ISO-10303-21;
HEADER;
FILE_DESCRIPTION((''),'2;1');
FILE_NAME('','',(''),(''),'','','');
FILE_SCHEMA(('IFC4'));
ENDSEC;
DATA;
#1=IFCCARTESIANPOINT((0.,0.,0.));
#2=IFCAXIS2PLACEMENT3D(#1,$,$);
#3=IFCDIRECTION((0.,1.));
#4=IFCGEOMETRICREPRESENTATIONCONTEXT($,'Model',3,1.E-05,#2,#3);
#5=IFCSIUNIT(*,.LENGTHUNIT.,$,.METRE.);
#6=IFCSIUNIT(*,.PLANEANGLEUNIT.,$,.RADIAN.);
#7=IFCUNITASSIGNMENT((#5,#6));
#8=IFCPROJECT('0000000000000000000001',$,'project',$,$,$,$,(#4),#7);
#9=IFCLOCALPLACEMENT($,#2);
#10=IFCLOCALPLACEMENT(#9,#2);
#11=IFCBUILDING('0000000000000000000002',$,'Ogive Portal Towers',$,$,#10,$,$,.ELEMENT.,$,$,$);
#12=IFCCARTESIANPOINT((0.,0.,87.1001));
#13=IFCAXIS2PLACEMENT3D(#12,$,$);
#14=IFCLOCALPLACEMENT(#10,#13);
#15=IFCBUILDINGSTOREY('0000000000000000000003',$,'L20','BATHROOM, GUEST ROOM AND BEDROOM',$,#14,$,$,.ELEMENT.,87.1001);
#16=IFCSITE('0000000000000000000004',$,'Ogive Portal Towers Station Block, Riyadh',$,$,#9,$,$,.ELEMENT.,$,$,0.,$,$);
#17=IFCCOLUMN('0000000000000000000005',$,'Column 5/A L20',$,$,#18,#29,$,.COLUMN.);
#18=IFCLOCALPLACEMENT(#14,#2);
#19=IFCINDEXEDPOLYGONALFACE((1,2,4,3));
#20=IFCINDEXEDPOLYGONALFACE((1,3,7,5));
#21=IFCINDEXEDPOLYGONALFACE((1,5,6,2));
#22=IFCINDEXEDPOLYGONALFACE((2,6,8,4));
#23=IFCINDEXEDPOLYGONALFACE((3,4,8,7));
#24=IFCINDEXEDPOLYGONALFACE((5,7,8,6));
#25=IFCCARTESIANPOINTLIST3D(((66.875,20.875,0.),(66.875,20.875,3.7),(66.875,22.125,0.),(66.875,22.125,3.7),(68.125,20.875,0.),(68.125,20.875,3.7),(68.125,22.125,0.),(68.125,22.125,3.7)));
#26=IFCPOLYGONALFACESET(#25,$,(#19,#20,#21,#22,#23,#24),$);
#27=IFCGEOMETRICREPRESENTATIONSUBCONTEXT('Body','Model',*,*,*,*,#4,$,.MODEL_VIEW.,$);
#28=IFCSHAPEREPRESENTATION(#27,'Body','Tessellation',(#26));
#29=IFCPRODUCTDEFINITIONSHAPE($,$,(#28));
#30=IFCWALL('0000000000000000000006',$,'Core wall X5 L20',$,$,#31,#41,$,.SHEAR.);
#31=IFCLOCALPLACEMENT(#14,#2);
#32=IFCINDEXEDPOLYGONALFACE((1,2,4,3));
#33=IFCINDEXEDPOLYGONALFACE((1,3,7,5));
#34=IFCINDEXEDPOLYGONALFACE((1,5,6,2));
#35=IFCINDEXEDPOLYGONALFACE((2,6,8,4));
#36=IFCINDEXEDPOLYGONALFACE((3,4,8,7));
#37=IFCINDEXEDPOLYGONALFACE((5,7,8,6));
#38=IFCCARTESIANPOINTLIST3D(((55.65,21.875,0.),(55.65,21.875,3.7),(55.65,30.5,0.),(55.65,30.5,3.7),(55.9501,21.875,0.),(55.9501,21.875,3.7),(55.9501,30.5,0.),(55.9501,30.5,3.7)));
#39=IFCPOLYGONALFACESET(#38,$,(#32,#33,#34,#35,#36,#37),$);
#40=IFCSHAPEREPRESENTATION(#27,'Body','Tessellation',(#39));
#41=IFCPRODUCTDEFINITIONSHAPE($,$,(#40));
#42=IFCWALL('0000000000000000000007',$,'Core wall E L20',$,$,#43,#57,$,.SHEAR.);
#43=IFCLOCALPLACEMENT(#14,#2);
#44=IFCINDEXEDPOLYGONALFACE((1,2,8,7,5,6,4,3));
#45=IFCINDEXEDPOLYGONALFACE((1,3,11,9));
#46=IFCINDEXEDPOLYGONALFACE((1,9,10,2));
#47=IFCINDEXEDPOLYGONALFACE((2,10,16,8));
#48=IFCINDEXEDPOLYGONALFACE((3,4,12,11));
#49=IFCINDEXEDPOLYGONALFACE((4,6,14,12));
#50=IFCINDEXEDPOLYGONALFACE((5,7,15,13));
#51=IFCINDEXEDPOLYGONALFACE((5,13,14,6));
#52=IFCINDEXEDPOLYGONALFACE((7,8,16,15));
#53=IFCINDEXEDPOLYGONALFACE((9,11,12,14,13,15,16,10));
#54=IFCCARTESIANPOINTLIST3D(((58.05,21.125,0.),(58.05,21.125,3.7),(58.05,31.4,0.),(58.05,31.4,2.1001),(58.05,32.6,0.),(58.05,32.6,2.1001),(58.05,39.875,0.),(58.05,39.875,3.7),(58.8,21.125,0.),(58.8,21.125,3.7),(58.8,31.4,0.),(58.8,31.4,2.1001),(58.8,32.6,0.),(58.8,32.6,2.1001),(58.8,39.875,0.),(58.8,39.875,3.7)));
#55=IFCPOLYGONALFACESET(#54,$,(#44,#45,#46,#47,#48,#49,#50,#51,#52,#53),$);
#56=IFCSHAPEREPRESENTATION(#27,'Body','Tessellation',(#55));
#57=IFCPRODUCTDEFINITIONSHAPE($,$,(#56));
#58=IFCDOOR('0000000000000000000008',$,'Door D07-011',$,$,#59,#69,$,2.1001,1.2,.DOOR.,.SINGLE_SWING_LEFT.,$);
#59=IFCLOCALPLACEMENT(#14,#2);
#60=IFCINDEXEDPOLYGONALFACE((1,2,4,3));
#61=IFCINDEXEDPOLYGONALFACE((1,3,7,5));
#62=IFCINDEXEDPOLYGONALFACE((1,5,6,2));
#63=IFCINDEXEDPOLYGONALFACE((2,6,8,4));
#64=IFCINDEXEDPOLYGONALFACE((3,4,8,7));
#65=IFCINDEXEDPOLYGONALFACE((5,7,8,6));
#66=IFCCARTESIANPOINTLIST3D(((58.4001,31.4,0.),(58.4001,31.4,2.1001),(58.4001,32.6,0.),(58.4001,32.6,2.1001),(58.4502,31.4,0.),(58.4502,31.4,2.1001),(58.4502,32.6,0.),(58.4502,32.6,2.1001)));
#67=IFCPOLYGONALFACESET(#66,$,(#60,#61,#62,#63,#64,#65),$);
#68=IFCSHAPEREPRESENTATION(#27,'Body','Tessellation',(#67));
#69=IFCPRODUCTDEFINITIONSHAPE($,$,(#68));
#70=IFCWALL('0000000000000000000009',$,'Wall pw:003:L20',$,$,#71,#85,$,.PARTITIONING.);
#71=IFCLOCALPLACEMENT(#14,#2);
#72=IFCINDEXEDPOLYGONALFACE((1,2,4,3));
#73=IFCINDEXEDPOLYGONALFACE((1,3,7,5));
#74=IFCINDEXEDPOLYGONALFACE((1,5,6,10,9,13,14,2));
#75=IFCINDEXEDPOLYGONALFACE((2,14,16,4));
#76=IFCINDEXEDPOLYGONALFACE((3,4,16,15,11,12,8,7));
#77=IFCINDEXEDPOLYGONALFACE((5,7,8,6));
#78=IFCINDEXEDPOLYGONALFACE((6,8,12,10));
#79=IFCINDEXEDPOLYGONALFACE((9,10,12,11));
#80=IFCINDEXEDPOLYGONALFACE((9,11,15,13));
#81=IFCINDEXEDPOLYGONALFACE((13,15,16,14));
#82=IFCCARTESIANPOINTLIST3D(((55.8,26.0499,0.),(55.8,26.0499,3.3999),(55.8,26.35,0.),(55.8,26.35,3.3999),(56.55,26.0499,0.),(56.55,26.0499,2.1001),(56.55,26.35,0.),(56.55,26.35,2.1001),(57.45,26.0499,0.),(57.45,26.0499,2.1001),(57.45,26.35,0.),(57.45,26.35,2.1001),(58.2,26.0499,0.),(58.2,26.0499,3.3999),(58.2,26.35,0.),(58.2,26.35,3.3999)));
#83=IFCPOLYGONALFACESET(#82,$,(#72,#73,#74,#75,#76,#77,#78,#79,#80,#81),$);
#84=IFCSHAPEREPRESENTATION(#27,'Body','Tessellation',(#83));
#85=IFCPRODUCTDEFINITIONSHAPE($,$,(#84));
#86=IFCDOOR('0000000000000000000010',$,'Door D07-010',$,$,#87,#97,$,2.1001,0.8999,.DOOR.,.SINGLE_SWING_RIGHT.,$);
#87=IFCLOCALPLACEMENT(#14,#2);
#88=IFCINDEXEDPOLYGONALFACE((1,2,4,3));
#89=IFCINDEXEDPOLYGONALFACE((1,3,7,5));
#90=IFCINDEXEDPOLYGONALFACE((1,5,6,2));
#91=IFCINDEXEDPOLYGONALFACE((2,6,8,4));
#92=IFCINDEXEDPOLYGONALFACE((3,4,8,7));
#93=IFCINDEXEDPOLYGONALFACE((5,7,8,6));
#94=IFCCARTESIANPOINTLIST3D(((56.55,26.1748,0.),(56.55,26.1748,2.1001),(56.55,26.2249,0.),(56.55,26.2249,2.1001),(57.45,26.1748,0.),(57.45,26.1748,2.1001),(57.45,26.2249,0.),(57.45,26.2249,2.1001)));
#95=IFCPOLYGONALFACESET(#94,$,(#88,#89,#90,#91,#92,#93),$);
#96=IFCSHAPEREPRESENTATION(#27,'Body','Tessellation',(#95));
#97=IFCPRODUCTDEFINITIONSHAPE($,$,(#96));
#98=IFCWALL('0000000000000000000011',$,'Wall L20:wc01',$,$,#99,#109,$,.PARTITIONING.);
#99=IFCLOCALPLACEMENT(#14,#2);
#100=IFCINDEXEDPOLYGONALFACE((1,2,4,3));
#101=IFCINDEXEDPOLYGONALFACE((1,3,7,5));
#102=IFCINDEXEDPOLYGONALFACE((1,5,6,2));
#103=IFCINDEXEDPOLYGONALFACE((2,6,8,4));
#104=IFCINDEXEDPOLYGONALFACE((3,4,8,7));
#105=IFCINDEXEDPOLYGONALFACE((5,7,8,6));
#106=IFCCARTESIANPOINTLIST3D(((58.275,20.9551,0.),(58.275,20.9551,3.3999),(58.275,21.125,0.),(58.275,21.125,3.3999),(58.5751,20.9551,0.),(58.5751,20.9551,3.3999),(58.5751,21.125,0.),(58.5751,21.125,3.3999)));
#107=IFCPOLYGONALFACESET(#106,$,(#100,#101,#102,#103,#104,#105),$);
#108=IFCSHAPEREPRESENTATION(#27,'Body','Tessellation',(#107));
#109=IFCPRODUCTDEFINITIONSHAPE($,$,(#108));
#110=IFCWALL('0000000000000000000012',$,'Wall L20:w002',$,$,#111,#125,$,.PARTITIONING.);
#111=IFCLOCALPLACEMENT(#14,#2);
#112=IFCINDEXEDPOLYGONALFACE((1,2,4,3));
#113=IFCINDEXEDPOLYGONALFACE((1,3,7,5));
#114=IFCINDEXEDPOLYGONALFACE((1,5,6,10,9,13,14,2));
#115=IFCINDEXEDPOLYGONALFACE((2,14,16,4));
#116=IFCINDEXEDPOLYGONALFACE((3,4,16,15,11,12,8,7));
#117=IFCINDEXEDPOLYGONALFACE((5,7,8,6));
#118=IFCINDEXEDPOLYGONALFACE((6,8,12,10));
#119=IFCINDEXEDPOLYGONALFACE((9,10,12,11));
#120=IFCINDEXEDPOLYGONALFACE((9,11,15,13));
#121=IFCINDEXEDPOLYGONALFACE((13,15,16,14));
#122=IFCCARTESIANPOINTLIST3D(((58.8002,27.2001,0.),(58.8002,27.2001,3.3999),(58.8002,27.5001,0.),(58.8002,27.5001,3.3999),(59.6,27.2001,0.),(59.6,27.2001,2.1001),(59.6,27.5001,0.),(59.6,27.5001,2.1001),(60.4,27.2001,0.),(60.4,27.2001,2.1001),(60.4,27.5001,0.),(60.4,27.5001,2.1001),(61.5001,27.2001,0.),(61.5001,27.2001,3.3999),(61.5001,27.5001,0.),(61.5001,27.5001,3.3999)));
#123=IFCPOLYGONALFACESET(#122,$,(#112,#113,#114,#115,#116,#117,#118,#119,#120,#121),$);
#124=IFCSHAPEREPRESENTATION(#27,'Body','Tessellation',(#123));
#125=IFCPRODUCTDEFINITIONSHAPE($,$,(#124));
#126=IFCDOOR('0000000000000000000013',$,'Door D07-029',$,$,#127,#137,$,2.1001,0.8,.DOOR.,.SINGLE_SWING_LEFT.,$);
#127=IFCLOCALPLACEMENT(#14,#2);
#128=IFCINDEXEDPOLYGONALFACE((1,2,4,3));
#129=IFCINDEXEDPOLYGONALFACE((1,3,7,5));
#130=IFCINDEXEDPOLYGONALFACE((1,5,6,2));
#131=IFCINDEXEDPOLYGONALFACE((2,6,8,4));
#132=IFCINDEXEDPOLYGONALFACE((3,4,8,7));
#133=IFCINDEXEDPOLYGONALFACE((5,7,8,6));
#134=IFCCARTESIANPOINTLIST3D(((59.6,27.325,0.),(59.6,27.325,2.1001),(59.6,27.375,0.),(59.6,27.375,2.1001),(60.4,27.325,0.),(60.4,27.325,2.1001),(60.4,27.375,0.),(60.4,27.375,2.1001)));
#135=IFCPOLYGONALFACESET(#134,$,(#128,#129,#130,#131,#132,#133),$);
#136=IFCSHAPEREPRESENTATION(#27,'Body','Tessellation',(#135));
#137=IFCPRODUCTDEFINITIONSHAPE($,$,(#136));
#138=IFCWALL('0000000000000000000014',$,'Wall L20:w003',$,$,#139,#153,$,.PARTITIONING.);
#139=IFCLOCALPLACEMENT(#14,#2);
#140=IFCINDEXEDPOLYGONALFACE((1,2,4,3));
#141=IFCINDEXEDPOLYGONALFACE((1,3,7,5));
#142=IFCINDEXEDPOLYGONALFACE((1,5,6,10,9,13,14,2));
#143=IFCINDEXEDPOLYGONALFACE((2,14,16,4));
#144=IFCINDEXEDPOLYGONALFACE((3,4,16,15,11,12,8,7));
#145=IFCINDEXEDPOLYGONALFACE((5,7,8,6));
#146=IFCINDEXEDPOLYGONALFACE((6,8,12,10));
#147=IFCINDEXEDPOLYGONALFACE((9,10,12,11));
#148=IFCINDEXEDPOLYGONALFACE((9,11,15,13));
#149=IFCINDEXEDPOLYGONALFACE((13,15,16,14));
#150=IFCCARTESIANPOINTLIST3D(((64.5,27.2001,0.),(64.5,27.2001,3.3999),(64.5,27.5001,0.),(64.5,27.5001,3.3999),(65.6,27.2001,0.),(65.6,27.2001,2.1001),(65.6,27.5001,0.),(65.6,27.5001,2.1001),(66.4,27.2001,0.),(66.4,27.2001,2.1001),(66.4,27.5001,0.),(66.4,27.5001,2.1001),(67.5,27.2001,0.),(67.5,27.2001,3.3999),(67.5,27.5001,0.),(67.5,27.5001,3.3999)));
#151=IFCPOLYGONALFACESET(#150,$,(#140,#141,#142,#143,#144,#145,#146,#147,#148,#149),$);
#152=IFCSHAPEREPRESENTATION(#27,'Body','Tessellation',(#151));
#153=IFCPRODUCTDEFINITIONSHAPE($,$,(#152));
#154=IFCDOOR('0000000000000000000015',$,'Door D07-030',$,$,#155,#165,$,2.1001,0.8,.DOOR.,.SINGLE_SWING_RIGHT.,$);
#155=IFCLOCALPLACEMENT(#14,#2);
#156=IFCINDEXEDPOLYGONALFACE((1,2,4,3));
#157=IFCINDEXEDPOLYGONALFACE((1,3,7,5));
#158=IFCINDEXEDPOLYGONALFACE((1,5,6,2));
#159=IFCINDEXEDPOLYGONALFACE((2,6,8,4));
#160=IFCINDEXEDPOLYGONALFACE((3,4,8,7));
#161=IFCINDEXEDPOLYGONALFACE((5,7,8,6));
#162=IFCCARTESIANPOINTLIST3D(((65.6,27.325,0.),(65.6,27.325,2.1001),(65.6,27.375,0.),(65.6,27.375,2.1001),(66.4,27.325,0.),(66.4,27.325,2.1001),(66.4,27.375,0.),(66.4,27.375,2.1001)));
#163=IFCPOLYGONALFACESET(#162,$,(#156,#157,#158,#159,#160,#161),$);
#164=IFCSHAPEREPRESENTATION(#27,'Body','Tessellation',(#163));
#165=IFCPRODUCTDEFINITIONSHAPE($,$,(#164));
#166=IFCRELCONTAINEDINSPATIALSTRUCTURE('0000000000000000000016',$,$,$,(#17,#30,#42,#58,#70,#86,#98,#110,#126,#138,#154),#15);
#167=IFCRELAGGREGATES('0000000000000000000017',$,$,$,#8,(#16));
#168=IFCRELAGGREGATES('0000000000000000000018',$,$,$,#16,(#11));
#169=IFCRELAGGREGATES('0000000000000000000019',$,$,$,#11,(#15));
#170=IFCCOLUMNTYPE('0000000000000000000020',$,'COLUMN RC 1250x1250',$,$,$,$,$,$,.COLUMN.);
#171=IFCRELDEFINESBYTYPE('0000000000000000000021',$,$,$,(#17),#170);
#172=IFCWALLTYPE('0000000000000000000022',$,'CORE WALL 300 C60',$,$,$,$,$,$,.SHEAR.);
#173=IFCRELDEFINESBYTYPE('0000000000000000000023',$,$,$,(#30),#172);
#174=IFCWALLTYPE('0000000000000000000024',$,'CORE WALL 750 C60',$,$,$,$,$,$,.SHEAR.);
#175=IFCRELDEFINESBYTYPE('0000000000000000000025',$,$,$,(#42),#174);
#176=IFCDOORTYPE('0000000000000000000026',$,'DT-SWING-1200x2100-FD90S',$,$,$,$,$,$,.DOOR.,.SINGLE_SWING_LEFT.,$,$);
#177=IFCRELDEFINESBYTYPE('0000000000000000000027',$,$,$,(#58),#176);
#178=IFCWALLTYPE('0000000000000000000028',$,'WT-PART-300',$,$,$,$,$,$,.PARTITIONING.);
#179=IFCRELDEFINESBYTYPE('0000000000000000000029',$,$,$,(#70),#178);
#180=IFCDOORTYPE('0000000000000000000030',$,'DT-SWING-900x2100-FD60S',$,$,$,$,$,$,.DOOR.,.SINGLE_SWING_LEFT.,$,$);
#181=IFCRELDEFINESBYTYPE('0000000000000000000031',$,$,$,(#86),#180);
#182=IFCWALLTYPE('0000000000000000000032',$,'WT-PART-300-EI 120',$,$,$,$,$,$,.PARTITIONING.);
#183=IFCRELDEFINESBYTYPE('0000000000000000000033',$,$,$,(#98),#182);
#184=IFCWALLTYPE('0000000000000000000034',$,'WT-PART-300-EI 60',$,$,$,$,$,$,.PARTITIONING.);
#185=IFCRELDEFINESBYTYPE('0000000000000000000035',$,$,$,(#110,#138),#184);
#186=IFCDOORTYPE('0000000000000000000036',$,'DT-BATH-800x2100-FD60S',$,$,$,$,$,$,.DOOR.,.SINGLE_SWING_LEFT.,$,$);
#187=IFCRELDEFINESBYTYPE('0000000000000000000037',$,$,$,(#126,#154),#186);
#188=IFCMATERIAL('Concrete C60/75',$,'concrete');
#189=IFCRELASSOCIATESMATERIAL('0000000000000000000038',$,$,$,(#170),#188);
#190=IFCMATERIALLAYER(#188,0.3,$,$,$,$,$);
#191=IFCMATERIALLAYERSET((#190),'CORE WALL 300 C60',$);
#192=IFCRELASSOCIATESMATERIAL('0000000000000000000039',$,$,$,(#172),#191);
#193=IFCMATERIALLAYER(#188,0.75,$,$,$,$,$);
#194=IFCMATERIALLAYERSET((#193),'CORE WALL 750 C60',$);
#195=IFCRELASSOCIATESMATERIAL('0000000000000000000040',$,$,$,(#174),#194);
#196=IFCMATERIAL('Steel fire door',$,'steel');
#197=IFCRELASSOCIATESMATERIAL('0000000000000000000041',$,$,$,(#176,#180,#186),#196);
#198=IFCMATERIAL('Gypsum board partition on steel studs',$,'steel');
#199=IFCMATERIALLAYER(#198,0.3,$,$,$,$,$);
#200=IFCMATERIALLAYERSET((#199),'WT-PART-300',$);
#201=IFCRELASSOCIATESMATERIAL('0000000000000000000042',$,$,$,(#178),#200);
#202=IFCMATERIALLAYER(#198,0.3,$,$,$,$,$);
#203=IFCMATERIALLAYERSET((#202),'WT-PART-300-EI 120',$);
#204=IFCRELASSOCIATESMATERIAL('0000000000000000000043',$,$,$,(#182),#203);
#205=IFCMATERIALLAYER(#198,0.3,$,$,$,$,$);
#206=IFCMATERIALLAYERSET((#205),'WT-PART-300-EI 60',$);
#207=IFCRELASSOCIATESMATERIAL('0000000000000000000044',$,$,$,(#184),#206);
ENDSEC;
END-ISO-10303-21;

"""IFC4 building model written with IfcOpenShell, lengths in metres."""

from ifc_helpers import new_model, si_unit, direction, frame, frame_2d, origin, origin_2d, place, context, subcontext, project, spatial, rectangle, extrude, material, layer, layer_set, material_profile, profile_set, type_object, element, fill, save


model = new_model("IFC4")

# Units and contexts
model_context = context("Model", 3, precision=1e-05, world=origin(), true_north=direction((0.0, 1.0)))
body_context = subcontext(model_context, "Body", "Model", "MODEL_VIEW")
ifc_project = project(units=[si_unit("LENGTHUNIT", "METRE"), si_unit("PLANEANGLEUNIT", "RADIAN")], contexts=[model_context])

# Site, building, storey
site_placement = place(None, origin())
site = spatial("IfcSite", under=ifc_project, at=site_placement, Name="Ogive Portal Towers Station Block, Riyadh", CompositionType="ELEMENT", RefElevation=0.0)
building_placement = place(site_placement, origin())
building = spatial("IfcBuilding", under=site, at=building_placement, Name="Ogive Portal Towers", CompositionType="ELEMENT")
storey_placement = place(building_placement, frame((0.0, 0.0, 87.1001)))
storey = spatial("IfcBuildingStorey", under=building, at=storey_placement, Name="L20", Description="BATHROOM, GUEST ROOM AND BEDROOM", CompositionType="ELEMENT", Elevation=87.1001)

# Column
ifc_material_1 = material(Name="Concrete C60/75", Category="concrete")
ifc_material_profile = material_profile(ifc_material_1, rectangle(XDim=1.25, YDim=1.25, at=origin_2d()), Name="RC 1250x1250")
ifc_profile_set = profile_set([ifc_material_profile], Name="Concrete C60/75")
column_type = type_object("IfcColumnType", Name="COLUMN RC 1250x1250", PredefinedType="COLUMN", material=ifc_profile_set)
column_placement = place(storey_placement, frame((67.5, 21.5, 0.0), z_axis=(0.0, 0.0, 1.0), x_axis=(1.0, 0.0, 0.0)))
element("IfcColumn", 1, at=column_placement, inside=storey, type_object=column_type, Name="Column 5/A L20", PredefinedType="COLUMN", context=body_context, shape_type="SweptSolid", body=[
    extrude(rectangle(XDim=1.25, YDim=1.25, at=origin_2d()), origin(), (0.0, 0.0, 1.0), 3.7),
])

# Wall
ifc_layer_1 = layer(ifc_material_1, 0.3)
ifc_layer_set_1 = layer_set([ifc_layer_1], Name="CORE WALL 300 C60")
wall_type_1 = type_object("IfcWallType", Name="CORE WALL 300 C60", PredefinedType="SHEAR", material=ifc_layer_set_1)
wall_1_placement = place(storey_placement, frame((55.8, 21.875, 0.0), z_axis=(0.0, 0.0, 1.0), x_axis=(0.0, 1.0, 0.0)))
element("IfcWall", 2, at=wall_1_placement, inside=storey, type_object=wall_type_1, Name="Core wall X5 L20", PredefinedType="SHEAR", context=body_context, shape_type="SweptSolid", body=[
    extrude(rectangle(XDim=8.625, YDim=0.3, at=frame_2d((4.3125, 0.0))), origin(), (0.0, 0.0, 1.0), 3.7),
])

# Walls, openings, doors
ifc_layer_2 = layer(ifc_material_1, 0.75)
ifc_layer_set_2 = layer_set([ifc_layer_2], Name="CORE WALL 750 C60")
wall_type_2 = type_object("IfcWallType", Name="CORE WALL 750 C60", PredefinedType="SHEAR", material=ifc_layer_set_2)
wall_2_placement = place(storey_placement, frame((58.425, 21.125, 0.0), z_axis=(0.0, 0.0, 1.0), x_axis=(0.0, 1.0, 0.0)))
wall_2 = element("IfcWall", 3, at=wall_2_placement, inside=storey, type_object=wall_type_2, Name="Core wall E L20", PredefinedType="SHEAR", context=body_context, shape_type="SweptSolid", body=[
    extrude(rectangle(XDim=18.75, YDim=0.75, at=frame_2d((9.375, 0.0))), origin(), (0.0, 0.0, 1.0), 3.7),
])
opening_1_placement = place(wall_2_placement, frame((10.2749, 0.0, 0.0)))
opening_1 = element("IfcOpeningElement", 4, at=opening_1_placement, cuts=wall_2, PredefinedType="OPENING", context=body_context, shape_type="SweptSolid", body=[
    extrude(rectangle(XDim=1.2, YDim=2.1001, at=frame_2d((0.6001, 1.05))), frame((0.0, 0.385, 0.0), z_axis=(0.0, -1.0, 0.0), x_axis=(1.0, 0.0, 0.0)), (0.0, 0.0, 1.0), 0.77),
])
ifc_material_2 = material(Name="Steel fire door", Category="steel")
door_type_1 = type_object("IfcDoorType", Name="DT-SWING-1200x2100-FD90S", OperationType="SINGLE_SWING_LEFT", PredefinedType="DOOR", material=ifc_material_2)
door_1_placement = place(opening_1_placement, origin())
door_1 = element("IfcDoor", 5, at=door_1_placement, inside=storey, type_object=door_type_1, Name="Door D07-011", OperationType="SINGLE_SWING_LEFT", OverallHeight=2.1001, OverallWidth=1.2, PredefinedType="DOOR", context=body_context, shape_type="SweptSolid", body=[
    extrude(rectangle(XDim=1.2, YDim=2.1001, at=frame_2d((0.6001, 1.05))), frame((0.0, 0.0249, 0.0), z_axis=(0.0, -1.0, 0.0), x_axis=(1.0, 0.0, 0.0)), (0.0, 0.0, 1.0), 0.05),
])
fill(opening_1, door_1)
ifc_material_3 = material(Name="Gypsum board partition on steel studs", Category="steel")
ifc_layer_3 = layer(ifc_material_3, 0.3)
ifc_layer_set_3 = layer_set([ifc_layer_3], Name="WT-PART-300")
wall_type_3 = type_object("IfcWallType", Name="WT-PART-300", PredefinedType="PARTITIONING", material=ifc_layer_set_3)
wall_3_placement = place(storey_placement, frame((55.8, 26.2, 0.0), z_axis=(0.0, 0.0, 1.0), x_axis=(1.0, 0.0, 0.0)))
wall_3 = element("IfcWall", 6, at=wall_3_placement, inside=storey, type_object=wall_type_3, Name="Wall pw:003:L20", PredefinedType="PARTITIONING", context=body_context, shape_type="SweptSolid", body=[
    extrude(rectangle(XDim=2.3999, YDim=0.3, at=frame_2d((1.2, 0.0))), origin(), (0.0, 0.0, 1.0), 3.3999),
])
opening_2_placement = place(wall_3_placement, frame((0.75, 0.0, 0.0)))
opening_2 = element("IfcOpeningElement", 7, at=opening_2_placement, cuts=wall_3, PredefinedType="OPENING", context=body_context, shape_type="SweptSolid", body=[
    extrude(rectangle(XDim=0.8999, YDim=2.1001, at=frame_2d((0.45, 1.05))), frame((0.0, 0.1602, 0.0), z_axis=(0.0, -1.0, 0.0), x_axis=(1.0, 0.0, 0.0)), (0.0, 0.0, 1.0), 0.3201),
])
door_type_2 = type_object("IfcDoorType", Name="DT-SWING-900x2100-FD60S", OperationType="SINGLE_SWING_LEFT", PredefinedType="DOOR", material=ifc_material_2)
door_2_placement = place(opening_2_placement, origin())
door_2 = element("IfcDoor", 8, at=door_2_placement, inside=storey, type_object=door_type_2, Name="Door D07-010", OperationType="SINGLE_SWING_RIGHT", OverallHeight=2.1001, OverallWidth=0.8999, PredefinedType="DOOR", context=body_context, shape_type="SweptSolid", body=[
    extrude(rectangle(XDim=0.8999, YDim=2.1001, at=frame_2d((0.45, 1.05))), frame((0.0, 0.0249, 0.0), z_axis=(0.0, -1.0, 0.0), x_axis=(1.0, 0.0, 0.0)), (0.0, 0.0, 1.0), 0.05),
])
fill(opening_2, door_2)

# Wall
ifc_layer_4 = layer(ifc_material_3, 0.3)
ifc_layer_set_4 = layer_set([ifc_layer_4], Name="WT-PART-300-EI 120")
wall_type_4 = type_object("IfcWallType", Name="WT-PART-300-EI 120", PredefinedType="PARTITIONING", material=ifc_layer_set_4)
wall_4_placement = place(storey_placement, frame((58.425, 21.125, 0.0), z_axis=(0.0, 0.0, 1.0), x_axis=(0.0, -1.0, 0.0)))
element("IfcWall", 9, at=wall_4_placement, inside=storey, type_object=wall_type_4, Name="Wall L20:wc01", PredefinedType="PARTITIONING", context=body_context, shape_type="SweptSolid", body=[
    extrude(rectangle(XDim=0.1699, YDim=0.3, at=frame_2d((0.085, 0.0))), origin(), (0.0, 0.0, 1.0), 3.3999),
])

# Walls, openings, doors
ifc_layer_5 = layer(ifc_material_3, 0.3)
ifc_layer_set_5 = layer_set([ifc_layer_5], Name="WT-PART-300-EI 60")
wall_type_5 = type_object("IfcWallType", Name="WT-PART-300-EI 60", PredefinedType="PARTITIONING", material=ifc_layer_set_5)
wall_5_placement = place(storey_placement, frame((58.8, 27.3501, 0.0), z_axis=(0.0, 0.0, 1.0), x_axis=(1.0, 0.0, 0.0)))
wall_5 = element("IfcWall", 10, at=wall_5_placement, inside=storey, type_object=wall_type_5, Name="Wall L20:w002", PredefinedType="PARTITIONING", context=body_context, shape_type="SweptSolid", body=[
    extrude(rectangle(XDim=2.7, YDim=0.3, at=frame_2d((1.3501, 0.0))), origin(), (0.0, 0.0, 1.0), 3.3999),
])
opening_3_placement = place(wall_5_placement, frame((0.8, 0.0, 0.0)))
opening_3 = element("IfcOpeningElement", 11, at=opening_3_placement, cuts=wall_5, PredefinedType="OPENING", context=body_context, shape_type="SweptSolid", body=[
    extrude(rectangle(XDim=0.8, YDim=2.1001, at=frame_2d((0.3999, 1.05))), frame((0.0, 0.1602, 0.0), z_axis=(0.0, -1.0, 0.0), x_axis=(1.0, 0.0, 0.0)), (0.0, 0.0, 1.0), 0.3201),
])
door_type_3 = type_object("IfcDoorType", Name="DT-BATH-800x2100-FD60S", OperationType="SINGLE_SWING_LEFT", PredefinedType="DOOR", material=ifc_material_2)
door_3_placement = place(opening_3_placement, origin())
door_3 = element("IfcDoor", 12, at=door_3_placement, inside=storey, type_object=door_type_3, Name="Door D07-029", OperationType="SINGLE_SWING_LEFT", OverallHeight=2.1001, OverallWidth=0.8, PredefinedType="DOOR", context=body_context, shape_type="SweptSolid", body=[
    extrude(rectangle(XDim=0.8, YDim=2.1001, at=frame_2d((0.3999, 1.05))), frame((0.0, 0.0249, 0.0), z_axis=(0.0, -1.0, 0.0), x_axis=(1.0, 0.0, 0.0)), (0.0, 0.0, 1.0), 0.05),
])
fill(opening_3, door_3)
wall_6_placement = place(storey_placement, frame((64.5, 27.3501, 0.0), z_axis=(0.0, 0.0, 1.0), x_axis=(1.0, 0.0, 0.0)))
wall_6 = element("IfcWall", 13, at=wall_6_placement, inside=storey, type_object=wall_type_5, Name="Wall L20:w003", PredefinedType="PARTITIONING", context=body_context, shape_type="SweptSolid", body=[
    extrude(rectangle(XDim=3.0, YDim=0.3, at=frame_2d((1.5, 0.0))), origin(), (0.0, 0.0, 1.0), 3.3999),
])
opening_4_placement = place(wall_6_placement, frame((1.1001, 0.0, 0.0)))
opening_4 = element("IfcOpeningElement", 14, at=opening_4_placement, cuts=wall_6, PredefinedType="OPENING", context=body_context, shape_type="SweptSolid", body=[
    extrude(rectangle(XDim=0.8, YDim=2.1001, at=frame_2d((0.3999, 1.05))), frame((0.0, 0.1602, 0.0), z_axis=(0.0, -1.0, 0.0), x_axis=(1.0, 0.0, 0.0)), (0.0, 0.0, 1.0), 0.3201),
])
door_4_placement = place(opening_4_placement, origin())
door_4 = element("IfcDoor", 15, at=door_4_placement, inside=storey, type_object=door_type_3, Name="Door D07-030", OperationType="SINGLE_SWING_RIGHT", OverallHeight=2.1001, OverallWidth=0.8, PredefinedType="DOOR", context=body_context, shape_type="SweptSolid", body=[
    extrude(rectangle(XDim=0.8, YDim=2.1001, at=frame_2d((0.3999, 1.05))), frame((0.0, 0.0249, 0.0), z_axis=(0.0, -1.0, 0.0), x_axis=(1.0, 0.0, 0.0)), (0.0, 0.0, 1.0), 0.05),
])
fill(opening_4, door_4)

save(model, "model.ifc")
